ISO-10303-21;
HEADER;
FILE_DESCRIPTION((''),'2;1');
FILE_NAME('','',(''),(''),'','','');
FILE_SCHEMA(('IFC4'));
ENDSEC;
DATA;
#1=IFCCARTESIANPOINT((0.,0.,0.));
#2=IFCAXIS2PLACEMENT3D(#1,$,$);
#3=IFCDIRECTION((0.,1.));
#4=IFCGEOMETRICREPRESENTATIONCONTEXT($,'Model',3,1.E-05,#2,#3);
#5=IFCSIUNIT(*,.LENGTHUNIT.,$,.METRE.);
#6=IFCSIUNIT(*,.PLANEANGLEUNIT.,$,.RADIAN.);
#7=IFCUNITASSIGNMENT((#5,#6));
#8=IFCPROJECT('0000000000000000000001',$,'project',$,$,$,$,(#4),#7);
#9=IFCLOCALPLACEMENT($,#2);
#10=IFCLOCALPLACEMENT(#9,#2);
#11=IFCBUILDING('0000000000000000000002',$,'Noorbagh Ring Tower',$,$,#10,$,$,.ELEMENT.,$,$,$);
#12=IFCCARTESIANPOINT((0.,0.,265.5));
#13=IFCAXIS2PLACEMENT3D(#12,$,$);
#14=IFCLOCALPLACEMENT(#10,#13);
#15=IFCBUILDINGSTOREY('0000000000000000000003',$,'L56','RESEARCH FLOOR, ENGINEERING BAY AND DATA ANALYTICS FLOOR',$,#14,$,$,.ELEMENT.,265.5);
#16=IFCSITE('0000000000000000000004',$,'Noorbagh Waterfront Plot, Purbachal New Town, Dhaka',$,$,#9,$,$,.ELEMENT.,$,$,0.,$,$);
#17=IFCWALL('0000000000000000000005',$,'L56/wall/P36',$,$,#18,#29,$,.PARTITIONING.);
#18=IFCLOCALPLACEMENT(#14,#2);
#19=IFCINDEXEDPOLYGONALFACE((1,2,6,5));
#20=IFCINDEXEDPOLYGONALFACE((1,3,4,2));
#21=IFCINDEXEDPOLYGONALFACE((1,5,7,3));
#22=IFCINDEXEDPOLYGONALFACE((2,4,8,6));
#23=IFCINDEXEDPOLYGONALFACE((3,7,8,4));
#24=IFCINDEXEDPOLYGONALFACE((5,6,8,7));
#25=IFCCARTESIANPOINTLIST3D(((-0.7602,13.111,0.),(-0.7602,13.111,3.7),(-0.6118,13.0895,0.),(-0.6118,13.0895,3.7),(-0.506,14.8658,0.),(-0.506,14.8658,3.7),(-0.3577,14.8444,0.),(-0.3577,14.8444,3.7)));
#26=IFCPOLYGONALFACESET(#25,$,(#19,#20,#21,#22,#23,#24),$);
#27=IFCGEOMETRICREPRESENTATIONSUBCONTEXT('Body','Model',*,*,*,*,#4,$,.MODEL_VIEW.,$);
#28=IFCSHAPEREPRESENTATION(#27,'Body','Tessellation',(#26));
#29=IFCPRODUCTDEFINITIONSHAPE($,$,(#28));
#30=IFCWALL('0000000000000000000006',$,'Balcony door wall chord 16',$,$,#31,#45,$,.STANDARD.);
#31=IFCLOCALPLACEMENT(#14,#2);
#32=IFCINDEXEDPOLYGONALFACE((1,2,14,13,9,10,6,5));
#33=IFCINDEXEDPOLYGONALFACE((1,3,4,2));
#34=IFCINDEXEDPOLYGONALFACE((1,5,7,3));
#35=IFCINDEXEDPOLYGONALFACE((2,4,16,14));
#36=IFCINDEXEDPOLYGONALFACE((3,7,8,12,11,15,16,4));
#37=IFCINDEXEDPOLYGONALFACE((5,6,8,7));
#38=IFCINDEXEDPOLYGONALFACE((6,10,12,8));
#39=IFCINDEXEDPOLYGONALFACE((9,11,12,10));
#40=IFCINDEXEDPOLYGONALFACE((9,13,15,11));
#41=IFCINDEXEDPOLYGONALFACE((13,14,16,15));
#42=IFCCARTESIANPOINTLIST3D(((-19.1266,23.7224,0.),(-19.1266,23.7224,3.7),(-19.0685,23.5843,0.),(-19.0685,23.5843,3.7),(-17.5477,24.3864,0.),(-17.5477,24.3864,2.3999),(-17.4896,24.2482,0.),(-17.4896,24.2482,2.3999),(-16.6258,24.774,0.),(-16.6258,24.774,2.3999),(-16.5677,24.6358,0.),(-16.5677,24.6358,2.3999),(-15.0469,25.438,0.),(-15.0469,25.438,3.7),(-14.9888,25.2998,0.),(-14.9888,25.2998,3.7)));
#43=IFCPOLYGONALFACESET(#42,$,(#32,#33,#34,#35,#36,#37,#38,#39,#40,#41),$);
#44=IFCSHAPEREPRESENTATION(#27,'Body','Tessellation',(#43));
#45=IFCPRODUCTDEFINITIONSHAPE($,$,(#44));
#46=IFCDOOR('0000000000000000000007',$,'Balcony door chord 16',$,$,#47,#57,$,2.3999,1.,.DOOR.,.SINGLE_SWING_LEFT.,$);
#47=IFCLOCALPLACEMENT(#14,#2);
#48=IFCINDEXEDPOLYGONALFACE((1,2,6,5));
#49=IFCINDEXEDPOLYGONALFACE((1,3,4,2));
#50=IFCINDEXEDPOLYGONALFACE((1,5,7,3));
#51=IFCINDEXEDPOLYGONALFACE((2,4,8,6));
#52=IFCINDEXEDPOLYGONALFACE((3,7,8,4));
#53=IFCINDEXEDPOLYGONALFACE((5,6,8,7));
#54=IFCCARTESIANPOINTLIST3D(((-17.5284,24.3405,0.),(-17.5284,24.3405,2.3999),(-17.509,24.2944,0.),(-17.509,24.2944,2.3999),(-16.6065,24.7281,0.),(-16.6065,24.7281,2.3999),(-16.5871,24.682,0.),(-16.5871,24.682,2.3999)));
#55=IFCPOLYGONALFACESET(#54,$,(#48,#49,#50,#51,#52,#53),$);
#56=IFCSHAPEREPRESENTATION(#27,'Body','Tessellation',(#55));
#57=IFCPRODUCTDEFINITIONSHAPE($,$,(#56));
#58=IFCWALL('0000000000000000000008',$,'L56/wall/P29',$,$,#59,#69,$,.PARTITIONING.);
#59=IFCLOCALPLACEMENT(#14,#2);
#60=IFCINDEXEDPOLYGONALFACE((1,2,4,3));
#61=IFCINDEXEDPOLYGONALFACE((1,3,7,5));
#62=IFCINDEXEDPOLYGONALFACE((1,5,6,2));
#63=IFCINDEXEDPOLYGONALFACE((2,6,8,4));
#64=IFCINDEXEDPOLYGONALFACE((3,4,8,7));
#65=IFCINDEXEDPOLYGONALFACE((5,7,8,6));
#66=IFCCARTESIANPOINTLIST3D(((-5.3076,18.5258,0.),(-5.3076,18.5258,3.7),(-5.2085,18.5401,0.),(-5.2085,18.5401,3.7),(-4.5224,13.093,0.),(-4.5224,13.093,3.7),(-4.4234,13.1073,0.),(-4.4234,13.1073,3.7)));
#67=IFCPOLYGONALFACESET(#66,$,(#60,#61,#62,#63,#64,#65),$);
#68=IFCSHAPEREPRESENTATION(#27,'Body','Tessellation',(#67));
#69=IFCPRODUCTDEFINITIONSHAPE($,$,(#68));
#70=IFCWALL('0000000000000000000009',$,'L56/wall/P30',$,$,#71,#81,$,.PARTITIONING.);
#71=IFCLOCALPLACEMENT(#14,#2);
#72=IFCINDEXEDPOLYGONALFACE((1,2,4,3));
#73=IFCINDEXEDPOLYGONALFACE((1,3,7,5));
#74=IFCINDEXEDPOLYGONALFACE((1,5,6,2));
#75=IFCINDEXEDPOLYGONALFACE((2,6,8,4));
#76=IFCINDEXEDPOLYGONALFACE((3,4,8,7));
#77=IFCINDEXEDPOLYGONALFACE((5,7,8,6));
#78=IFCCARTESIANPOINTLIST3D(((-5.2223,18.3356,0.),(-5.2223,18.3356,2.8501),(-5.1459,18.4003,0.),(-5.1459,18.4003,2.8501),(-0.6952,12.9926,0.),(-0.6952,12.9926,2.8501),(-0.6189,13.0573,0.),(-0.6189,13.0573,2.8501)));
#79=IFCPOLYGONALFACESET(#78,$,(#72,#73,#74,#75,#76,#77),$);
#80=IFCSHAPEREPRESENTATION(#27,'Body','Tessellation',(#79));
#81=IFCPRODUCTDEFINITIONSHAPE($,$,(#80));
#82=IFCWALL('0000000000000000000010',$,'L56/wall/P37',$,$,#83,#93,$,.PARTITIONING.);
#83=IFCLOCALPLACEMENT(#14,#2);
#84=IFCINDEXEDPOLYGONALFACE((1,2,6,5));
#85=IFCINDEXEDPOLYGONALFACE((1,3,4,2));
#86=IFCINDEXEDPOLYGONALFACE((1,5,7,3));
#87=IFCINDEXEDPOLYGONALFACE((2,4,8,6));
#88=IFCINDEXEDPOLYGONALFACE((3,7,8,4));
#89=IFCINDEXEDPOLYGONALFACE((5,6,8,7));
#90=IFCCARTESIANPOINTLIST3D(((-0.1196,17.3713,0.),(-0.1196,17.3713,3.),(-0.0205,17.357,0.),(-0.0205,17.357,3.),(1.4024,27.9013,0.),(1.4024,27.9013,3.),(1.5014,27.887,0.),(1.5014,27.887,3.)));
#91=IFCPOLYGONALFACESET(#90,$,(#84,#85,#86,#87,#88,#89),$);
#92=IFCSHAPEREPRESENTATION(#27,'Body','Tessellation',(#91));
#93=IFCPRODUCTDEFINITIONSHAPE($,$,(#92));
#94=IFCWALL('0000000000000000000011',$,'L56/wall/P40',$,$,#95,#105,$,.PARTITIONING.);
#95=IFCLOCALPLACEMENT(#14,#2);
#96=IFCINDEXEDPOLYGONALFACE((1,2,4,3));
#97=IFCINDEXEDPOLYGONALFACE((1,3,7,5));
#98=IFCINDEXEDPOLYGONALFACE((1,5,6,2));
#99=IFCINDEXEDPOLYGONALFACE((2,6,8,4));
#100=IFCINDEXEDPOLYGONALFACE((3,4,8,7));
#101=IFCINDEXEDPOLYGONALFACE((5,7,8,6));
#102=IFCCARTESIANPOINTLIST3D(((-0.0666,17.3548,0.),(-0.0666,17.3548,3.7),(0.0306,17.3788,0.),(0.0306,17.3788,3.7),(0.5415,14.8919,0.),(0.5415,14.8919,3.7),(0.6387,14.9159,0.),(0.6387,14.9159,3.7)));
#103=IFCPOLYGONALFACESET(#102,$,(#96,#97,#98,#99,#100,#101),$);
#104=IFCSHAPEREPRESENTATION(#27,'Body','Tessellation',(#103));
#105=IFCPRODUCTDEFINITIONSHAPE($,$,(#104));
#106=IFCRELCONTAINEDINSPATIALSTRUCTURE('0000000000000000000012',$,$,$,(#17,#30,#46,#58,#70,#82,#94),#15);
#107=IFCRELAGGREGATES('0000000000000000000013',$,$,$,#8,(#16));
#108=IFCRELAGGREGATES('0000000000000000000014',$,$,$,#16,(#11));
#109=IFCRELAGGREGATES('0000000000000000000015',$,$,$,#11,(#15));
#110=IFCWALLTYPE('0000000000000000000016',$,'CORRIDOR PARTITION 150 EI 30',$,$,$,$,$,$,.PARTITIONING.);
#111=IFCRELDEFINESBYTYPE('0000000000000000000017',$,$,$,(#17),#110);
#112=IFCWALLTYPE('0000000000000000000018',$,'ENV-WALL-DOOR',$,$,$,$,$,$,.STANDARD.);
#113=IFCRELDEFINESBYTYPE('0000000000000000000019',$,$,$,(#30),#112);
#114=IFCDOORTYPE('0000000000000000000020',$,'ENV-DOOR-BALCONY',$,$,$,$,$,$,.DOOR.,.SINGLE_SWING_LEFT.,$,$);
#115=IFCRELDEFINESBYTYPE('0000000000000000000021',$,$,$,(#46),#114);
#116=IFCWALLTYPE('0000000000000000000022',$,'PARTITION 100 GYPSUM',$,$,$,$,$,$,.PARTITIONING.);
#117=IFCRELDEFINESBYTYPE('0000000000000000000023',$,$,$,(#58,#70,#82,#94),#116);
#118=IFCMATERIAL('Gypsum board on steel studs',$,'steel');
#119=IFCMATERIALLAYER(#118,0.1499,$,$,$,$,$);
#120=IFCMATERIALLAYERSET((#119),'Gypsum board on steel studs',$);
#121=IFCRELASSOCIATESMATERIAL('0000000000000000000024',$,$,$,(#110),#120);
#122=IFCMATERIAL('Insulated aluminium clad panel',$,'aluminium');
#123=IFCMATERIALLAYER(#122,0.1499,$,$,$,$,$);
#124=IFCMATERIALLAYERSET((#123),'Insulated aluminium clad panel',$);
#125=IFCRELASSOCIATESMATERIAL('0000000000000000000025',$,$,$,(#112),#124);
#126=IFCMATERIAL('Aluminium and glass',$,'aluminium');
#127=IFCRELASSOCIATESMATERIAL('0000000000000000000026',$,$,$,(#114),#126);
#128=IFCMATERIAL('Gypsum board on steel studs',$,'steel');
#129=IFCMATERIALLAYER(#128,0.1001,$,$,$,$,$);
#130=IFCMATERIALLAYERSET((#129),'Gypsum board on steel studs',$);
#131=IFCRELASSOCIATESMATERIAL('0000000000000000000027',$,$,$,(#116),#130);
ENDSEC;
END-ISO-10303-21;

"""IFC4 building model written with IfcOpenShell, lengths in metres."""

from ifc_helpers import new_model, si_unit, direction, frame, frame_2d, origin, place, context, subcontext, project, spatial, rectangle, extrude, material, layer, layer_set, type_object, element, fill, save


model = new_model("IFC4")

# Units and contexts
model_context = context("Model", 3, precision=1e-05, world=origin(), true_north=direction((0.0, 1.0)))
body_context = subcontext(model_context, "Body", "Model", "MODEL_VIEW")
ifc_project = project(units=[si_unit("LENGTHUNIT", "METRE"), si_unit("PLANEANGLEUNIT", "RADIAN")], contexts=[model_context])

# Site, building, storey
site_placement = place(None, origin())
site = spatial("IfcSite", under=ifc_project, at=site_placement, Name="Noorbagh Waterfront Plot, Purbachal New Town, Dhaka", CompositionType="ELEMENT", RefElevation=0.0)
building_placement = place(site_placement, origin())
building = spatial("IfcBuilding", under=site, at=building_placement, Name="Noorbagh Ring Tower", CompositionType="ELEMENT")
storey_placement = place(building_placement, frame((0.0, 0.0, 265.5)))
storey = spatial("IfcBuildingStorey", under=building, at=storey_placement, Name="L56", Description="RESEARCH FLOOR, ENGINEERING BAY AND DATA ANALYTICS FLOOR", CompositionType="ELEMENT", Elevation=265.5)

# Shared definitions
ifc_material_1 = material(Name="Gypsum board on steel studs", Category="steel")
ifc_layer_1 = layer(ifc_material_1, 0.1499)
ifc_layer_set_1 = layer_set([ifc_layer_1], Name="Gypsum board on steel studs")
wall_type_1 = type_object("IfcWallType", Name="CORRIDOR PARTITION 150 EI 30", PredefinedType="PARTITIONING", material=ifc_layer_set_1)

# Wall
wall_1_placement = place(storey_placement, frame((-0.686, 13.1001, 0.0), z_axis=(0.0, 0.0, 1.0), x_axis=(0.143329, 0.989675, 0.0)))
element("IfcWall", 1, at=wall_1_placement, inside=storey, type_object=wall_type_1, Name="L56/wall/P36", PredefinedType="PARTITIONING", context=body_context, shape_type="SweptSolid", body=[
    extrude(rectangle(XDim=1.7732, YDim=0.1499, at=frame_2d((0.8867, 0.0))), origin(), (0.0, 0.0, 1.0), 3.7),
])

# Wall, opening, door
ifc_material_2 = material(Name="Insulated aluminium clad panel", Category="aluminium")
ifc_layer_2 = layer(ifc_material_2, 0.1499)
ifc_layer_set_2 = layer_set([ifc_layer_2], Name="Insulated aluminium clad panel")
wall_type_2 = type_object("IfcWallType", Name="ENV-WALL-DOOR", PredefinedType="STANDARD", material=ifc_layer_set_2)
wall_2_placement = place(storey_placement, frame((-15.0178, 25.3689, 0.0), z_axis=(0.0, 0.0, 1.0), x_axis=(-0.921817, -0.387625, 0.0)))
wall_2 = element("IfcWall", 2, at=wall_2_placement, inside=storey, type_object=wall_type_2, Name="Balcony door wall chord 16", PredefinedType="STANDARD", context=body_context, shape_type="SweptSolid", body=[
    extrude(rectangle(XDim=4.4258, YDim=0.1499, at=frame_2d((2.2129, 0.0))), origin(), (0.0, 0.0, 1.0), 3.7),
])
opening_1_placement = place(wall_2_placement, frame((1.7129, 0.0, 0.0)))
opening_1 = element("IfcOpeningElement", 3, at=opening_1_placement, cuts=wall_2, PredefinedType="OPENING", context=body_context, shape_type="SweptSolid", body=[
    extrude(rectangle(XDim=1.0, YDim=2.3999, at=frame_2d((0.5, 1.2))), frame((0.0, 0.085, 0.0), z_axis=(0.0, -1.0, 0.0), x_axis=(1.0, 0.0, 0.0)), (0.0, 0.0, 1.0), 0.1699),
])
ifc_material_3 = material(Name="Aluminium and glass", Category="aluminium")
door_type_1 = type_object("IfcDoorType", Name="ENV-DOOR-BALCONY", OperationType="SINGLE_SWING_LEFT", PredefinedType="DOOR", material=ifc_material_3)
door_1_placement = place(opening_1_placement, origin())
door_1 = element("IfcDoor", 4, at=door_1_placement, inside=storey, type_object=door_type_1, Name="Balcony door chord 16", OperationType="SINGLE_SWING_LEFT", OverallHeight=2.3999, OverallWidth=1.0, PredefinedType="DOOR", context=body_context, shape_type="SweptSolid", body=[
    extrude(rectangle(XDim=1.0, YDim=2.3999, at=frame_2d((0.5, 1.2))), frame((0.0, 0.0249, 0.0), z_axis=(0.0, -1.0, 0.0), x_axis=(1.0, 0.0, 0.0)), (0.0, 0.0, 1.0), 0.05),
])
fill(opening_1, door_1)

# Walls
ifc_material_4 = material(Name="Gypsum board on steel studs", Category="steel")
ifc_layer_3 = layer(ifc_material_4, 0.1001)
ifc_layer_set_3 = layer_set([ifc_layer_3], Name="Gypsum board on steel studs")
wall_type_3 = type_object("IfcWallType", Name="PARTITION 100 GYPSUM", PredefinedType="PARTITIONING", material=ifc_layer_set_3)
wall_3_placement = place(storey_placement, frame((-5.2581, 18.533, 0.0), z_axis=(0.0, 0.0, 1.0), x_axis=(0.143034, -0.989718, 0.0)))
element("IfcWall", 5, at=wall_3_placement, inside=storey, type_object=wall_type_3, Name="L56/wall/P29", PredefinedType="PARTITIONING", context=body_context, shape_type="SweptSolid", body=[
    extrude(rectangle(XDim=5.4893, YDim=0.1001, at=frame_2d((2.7446, 0.0))), origin(), (0.0, 0.0, 1.0), 3.7),
])
wall_4_placement = place(storey_placement, frame((-5.1841, 18.3679, 0.0), z_axis=(0.0, 0.0, 1.0), x_axis=(0.646448, -0.762958, 0.0)))
element("IfcWall", 6, at=wall_4_placement, inside=storey, type_object=wall_type_3, Name="L56/wall/P30", PredefinedType="PARTITIONING", context=body_context, shape_type="SweptSolid", body=[
    extrude(rectangle(XDim=7.0029, YDim=0.1001, at=frame_2d((3.5015, 0.0))), origin(), (0.0, 0.0, 1.0), 2.8501),
])
wall_5_placement = place(storey_placement, frame((-0.0701, 17.364, 0.0), z_axis=(0.0, 0.0, 1.0), x_axis=(0.14305, 0.989715, 0.0)))
element("IfcWall", 7, at=wall_5_placement, inside=storey, type_object=wall_type_3, Name="L56/wall/P37", PredefinedType="PARTITIONING", context=body_context, shape_type="SweptSolid", body=[
    extrude(rectangle(XDim=10.6394, YDim=0.1001, at=frame_2d((5.3198, 0.0))), origin(), (0.0, 0.0, 1.0), 3.0),
])
wall_6_placement = place(storey_placement, frame((-0.0181, 17.3669, 0.0), z_axis=(0.0, 0.0, 1.0), x_axis=(0.239727, -0.97084, 0.0)))
element("IfcWall", 8, at=wall_6_placement, inside=storey, type_object=wall_type_3, Name="L56/wall/P40", PredefinedType="PARTITIONING", context=body_context, shape_type="SweptSolid", body=[
    extrude(rectangle(XDim=2.5369, YDim=0.1001, at=frame_2d((1.2686, 0.0))), origin(), (0.0, 0.0, 1.0), 3.7),
])

save(model, "model.ifc")
